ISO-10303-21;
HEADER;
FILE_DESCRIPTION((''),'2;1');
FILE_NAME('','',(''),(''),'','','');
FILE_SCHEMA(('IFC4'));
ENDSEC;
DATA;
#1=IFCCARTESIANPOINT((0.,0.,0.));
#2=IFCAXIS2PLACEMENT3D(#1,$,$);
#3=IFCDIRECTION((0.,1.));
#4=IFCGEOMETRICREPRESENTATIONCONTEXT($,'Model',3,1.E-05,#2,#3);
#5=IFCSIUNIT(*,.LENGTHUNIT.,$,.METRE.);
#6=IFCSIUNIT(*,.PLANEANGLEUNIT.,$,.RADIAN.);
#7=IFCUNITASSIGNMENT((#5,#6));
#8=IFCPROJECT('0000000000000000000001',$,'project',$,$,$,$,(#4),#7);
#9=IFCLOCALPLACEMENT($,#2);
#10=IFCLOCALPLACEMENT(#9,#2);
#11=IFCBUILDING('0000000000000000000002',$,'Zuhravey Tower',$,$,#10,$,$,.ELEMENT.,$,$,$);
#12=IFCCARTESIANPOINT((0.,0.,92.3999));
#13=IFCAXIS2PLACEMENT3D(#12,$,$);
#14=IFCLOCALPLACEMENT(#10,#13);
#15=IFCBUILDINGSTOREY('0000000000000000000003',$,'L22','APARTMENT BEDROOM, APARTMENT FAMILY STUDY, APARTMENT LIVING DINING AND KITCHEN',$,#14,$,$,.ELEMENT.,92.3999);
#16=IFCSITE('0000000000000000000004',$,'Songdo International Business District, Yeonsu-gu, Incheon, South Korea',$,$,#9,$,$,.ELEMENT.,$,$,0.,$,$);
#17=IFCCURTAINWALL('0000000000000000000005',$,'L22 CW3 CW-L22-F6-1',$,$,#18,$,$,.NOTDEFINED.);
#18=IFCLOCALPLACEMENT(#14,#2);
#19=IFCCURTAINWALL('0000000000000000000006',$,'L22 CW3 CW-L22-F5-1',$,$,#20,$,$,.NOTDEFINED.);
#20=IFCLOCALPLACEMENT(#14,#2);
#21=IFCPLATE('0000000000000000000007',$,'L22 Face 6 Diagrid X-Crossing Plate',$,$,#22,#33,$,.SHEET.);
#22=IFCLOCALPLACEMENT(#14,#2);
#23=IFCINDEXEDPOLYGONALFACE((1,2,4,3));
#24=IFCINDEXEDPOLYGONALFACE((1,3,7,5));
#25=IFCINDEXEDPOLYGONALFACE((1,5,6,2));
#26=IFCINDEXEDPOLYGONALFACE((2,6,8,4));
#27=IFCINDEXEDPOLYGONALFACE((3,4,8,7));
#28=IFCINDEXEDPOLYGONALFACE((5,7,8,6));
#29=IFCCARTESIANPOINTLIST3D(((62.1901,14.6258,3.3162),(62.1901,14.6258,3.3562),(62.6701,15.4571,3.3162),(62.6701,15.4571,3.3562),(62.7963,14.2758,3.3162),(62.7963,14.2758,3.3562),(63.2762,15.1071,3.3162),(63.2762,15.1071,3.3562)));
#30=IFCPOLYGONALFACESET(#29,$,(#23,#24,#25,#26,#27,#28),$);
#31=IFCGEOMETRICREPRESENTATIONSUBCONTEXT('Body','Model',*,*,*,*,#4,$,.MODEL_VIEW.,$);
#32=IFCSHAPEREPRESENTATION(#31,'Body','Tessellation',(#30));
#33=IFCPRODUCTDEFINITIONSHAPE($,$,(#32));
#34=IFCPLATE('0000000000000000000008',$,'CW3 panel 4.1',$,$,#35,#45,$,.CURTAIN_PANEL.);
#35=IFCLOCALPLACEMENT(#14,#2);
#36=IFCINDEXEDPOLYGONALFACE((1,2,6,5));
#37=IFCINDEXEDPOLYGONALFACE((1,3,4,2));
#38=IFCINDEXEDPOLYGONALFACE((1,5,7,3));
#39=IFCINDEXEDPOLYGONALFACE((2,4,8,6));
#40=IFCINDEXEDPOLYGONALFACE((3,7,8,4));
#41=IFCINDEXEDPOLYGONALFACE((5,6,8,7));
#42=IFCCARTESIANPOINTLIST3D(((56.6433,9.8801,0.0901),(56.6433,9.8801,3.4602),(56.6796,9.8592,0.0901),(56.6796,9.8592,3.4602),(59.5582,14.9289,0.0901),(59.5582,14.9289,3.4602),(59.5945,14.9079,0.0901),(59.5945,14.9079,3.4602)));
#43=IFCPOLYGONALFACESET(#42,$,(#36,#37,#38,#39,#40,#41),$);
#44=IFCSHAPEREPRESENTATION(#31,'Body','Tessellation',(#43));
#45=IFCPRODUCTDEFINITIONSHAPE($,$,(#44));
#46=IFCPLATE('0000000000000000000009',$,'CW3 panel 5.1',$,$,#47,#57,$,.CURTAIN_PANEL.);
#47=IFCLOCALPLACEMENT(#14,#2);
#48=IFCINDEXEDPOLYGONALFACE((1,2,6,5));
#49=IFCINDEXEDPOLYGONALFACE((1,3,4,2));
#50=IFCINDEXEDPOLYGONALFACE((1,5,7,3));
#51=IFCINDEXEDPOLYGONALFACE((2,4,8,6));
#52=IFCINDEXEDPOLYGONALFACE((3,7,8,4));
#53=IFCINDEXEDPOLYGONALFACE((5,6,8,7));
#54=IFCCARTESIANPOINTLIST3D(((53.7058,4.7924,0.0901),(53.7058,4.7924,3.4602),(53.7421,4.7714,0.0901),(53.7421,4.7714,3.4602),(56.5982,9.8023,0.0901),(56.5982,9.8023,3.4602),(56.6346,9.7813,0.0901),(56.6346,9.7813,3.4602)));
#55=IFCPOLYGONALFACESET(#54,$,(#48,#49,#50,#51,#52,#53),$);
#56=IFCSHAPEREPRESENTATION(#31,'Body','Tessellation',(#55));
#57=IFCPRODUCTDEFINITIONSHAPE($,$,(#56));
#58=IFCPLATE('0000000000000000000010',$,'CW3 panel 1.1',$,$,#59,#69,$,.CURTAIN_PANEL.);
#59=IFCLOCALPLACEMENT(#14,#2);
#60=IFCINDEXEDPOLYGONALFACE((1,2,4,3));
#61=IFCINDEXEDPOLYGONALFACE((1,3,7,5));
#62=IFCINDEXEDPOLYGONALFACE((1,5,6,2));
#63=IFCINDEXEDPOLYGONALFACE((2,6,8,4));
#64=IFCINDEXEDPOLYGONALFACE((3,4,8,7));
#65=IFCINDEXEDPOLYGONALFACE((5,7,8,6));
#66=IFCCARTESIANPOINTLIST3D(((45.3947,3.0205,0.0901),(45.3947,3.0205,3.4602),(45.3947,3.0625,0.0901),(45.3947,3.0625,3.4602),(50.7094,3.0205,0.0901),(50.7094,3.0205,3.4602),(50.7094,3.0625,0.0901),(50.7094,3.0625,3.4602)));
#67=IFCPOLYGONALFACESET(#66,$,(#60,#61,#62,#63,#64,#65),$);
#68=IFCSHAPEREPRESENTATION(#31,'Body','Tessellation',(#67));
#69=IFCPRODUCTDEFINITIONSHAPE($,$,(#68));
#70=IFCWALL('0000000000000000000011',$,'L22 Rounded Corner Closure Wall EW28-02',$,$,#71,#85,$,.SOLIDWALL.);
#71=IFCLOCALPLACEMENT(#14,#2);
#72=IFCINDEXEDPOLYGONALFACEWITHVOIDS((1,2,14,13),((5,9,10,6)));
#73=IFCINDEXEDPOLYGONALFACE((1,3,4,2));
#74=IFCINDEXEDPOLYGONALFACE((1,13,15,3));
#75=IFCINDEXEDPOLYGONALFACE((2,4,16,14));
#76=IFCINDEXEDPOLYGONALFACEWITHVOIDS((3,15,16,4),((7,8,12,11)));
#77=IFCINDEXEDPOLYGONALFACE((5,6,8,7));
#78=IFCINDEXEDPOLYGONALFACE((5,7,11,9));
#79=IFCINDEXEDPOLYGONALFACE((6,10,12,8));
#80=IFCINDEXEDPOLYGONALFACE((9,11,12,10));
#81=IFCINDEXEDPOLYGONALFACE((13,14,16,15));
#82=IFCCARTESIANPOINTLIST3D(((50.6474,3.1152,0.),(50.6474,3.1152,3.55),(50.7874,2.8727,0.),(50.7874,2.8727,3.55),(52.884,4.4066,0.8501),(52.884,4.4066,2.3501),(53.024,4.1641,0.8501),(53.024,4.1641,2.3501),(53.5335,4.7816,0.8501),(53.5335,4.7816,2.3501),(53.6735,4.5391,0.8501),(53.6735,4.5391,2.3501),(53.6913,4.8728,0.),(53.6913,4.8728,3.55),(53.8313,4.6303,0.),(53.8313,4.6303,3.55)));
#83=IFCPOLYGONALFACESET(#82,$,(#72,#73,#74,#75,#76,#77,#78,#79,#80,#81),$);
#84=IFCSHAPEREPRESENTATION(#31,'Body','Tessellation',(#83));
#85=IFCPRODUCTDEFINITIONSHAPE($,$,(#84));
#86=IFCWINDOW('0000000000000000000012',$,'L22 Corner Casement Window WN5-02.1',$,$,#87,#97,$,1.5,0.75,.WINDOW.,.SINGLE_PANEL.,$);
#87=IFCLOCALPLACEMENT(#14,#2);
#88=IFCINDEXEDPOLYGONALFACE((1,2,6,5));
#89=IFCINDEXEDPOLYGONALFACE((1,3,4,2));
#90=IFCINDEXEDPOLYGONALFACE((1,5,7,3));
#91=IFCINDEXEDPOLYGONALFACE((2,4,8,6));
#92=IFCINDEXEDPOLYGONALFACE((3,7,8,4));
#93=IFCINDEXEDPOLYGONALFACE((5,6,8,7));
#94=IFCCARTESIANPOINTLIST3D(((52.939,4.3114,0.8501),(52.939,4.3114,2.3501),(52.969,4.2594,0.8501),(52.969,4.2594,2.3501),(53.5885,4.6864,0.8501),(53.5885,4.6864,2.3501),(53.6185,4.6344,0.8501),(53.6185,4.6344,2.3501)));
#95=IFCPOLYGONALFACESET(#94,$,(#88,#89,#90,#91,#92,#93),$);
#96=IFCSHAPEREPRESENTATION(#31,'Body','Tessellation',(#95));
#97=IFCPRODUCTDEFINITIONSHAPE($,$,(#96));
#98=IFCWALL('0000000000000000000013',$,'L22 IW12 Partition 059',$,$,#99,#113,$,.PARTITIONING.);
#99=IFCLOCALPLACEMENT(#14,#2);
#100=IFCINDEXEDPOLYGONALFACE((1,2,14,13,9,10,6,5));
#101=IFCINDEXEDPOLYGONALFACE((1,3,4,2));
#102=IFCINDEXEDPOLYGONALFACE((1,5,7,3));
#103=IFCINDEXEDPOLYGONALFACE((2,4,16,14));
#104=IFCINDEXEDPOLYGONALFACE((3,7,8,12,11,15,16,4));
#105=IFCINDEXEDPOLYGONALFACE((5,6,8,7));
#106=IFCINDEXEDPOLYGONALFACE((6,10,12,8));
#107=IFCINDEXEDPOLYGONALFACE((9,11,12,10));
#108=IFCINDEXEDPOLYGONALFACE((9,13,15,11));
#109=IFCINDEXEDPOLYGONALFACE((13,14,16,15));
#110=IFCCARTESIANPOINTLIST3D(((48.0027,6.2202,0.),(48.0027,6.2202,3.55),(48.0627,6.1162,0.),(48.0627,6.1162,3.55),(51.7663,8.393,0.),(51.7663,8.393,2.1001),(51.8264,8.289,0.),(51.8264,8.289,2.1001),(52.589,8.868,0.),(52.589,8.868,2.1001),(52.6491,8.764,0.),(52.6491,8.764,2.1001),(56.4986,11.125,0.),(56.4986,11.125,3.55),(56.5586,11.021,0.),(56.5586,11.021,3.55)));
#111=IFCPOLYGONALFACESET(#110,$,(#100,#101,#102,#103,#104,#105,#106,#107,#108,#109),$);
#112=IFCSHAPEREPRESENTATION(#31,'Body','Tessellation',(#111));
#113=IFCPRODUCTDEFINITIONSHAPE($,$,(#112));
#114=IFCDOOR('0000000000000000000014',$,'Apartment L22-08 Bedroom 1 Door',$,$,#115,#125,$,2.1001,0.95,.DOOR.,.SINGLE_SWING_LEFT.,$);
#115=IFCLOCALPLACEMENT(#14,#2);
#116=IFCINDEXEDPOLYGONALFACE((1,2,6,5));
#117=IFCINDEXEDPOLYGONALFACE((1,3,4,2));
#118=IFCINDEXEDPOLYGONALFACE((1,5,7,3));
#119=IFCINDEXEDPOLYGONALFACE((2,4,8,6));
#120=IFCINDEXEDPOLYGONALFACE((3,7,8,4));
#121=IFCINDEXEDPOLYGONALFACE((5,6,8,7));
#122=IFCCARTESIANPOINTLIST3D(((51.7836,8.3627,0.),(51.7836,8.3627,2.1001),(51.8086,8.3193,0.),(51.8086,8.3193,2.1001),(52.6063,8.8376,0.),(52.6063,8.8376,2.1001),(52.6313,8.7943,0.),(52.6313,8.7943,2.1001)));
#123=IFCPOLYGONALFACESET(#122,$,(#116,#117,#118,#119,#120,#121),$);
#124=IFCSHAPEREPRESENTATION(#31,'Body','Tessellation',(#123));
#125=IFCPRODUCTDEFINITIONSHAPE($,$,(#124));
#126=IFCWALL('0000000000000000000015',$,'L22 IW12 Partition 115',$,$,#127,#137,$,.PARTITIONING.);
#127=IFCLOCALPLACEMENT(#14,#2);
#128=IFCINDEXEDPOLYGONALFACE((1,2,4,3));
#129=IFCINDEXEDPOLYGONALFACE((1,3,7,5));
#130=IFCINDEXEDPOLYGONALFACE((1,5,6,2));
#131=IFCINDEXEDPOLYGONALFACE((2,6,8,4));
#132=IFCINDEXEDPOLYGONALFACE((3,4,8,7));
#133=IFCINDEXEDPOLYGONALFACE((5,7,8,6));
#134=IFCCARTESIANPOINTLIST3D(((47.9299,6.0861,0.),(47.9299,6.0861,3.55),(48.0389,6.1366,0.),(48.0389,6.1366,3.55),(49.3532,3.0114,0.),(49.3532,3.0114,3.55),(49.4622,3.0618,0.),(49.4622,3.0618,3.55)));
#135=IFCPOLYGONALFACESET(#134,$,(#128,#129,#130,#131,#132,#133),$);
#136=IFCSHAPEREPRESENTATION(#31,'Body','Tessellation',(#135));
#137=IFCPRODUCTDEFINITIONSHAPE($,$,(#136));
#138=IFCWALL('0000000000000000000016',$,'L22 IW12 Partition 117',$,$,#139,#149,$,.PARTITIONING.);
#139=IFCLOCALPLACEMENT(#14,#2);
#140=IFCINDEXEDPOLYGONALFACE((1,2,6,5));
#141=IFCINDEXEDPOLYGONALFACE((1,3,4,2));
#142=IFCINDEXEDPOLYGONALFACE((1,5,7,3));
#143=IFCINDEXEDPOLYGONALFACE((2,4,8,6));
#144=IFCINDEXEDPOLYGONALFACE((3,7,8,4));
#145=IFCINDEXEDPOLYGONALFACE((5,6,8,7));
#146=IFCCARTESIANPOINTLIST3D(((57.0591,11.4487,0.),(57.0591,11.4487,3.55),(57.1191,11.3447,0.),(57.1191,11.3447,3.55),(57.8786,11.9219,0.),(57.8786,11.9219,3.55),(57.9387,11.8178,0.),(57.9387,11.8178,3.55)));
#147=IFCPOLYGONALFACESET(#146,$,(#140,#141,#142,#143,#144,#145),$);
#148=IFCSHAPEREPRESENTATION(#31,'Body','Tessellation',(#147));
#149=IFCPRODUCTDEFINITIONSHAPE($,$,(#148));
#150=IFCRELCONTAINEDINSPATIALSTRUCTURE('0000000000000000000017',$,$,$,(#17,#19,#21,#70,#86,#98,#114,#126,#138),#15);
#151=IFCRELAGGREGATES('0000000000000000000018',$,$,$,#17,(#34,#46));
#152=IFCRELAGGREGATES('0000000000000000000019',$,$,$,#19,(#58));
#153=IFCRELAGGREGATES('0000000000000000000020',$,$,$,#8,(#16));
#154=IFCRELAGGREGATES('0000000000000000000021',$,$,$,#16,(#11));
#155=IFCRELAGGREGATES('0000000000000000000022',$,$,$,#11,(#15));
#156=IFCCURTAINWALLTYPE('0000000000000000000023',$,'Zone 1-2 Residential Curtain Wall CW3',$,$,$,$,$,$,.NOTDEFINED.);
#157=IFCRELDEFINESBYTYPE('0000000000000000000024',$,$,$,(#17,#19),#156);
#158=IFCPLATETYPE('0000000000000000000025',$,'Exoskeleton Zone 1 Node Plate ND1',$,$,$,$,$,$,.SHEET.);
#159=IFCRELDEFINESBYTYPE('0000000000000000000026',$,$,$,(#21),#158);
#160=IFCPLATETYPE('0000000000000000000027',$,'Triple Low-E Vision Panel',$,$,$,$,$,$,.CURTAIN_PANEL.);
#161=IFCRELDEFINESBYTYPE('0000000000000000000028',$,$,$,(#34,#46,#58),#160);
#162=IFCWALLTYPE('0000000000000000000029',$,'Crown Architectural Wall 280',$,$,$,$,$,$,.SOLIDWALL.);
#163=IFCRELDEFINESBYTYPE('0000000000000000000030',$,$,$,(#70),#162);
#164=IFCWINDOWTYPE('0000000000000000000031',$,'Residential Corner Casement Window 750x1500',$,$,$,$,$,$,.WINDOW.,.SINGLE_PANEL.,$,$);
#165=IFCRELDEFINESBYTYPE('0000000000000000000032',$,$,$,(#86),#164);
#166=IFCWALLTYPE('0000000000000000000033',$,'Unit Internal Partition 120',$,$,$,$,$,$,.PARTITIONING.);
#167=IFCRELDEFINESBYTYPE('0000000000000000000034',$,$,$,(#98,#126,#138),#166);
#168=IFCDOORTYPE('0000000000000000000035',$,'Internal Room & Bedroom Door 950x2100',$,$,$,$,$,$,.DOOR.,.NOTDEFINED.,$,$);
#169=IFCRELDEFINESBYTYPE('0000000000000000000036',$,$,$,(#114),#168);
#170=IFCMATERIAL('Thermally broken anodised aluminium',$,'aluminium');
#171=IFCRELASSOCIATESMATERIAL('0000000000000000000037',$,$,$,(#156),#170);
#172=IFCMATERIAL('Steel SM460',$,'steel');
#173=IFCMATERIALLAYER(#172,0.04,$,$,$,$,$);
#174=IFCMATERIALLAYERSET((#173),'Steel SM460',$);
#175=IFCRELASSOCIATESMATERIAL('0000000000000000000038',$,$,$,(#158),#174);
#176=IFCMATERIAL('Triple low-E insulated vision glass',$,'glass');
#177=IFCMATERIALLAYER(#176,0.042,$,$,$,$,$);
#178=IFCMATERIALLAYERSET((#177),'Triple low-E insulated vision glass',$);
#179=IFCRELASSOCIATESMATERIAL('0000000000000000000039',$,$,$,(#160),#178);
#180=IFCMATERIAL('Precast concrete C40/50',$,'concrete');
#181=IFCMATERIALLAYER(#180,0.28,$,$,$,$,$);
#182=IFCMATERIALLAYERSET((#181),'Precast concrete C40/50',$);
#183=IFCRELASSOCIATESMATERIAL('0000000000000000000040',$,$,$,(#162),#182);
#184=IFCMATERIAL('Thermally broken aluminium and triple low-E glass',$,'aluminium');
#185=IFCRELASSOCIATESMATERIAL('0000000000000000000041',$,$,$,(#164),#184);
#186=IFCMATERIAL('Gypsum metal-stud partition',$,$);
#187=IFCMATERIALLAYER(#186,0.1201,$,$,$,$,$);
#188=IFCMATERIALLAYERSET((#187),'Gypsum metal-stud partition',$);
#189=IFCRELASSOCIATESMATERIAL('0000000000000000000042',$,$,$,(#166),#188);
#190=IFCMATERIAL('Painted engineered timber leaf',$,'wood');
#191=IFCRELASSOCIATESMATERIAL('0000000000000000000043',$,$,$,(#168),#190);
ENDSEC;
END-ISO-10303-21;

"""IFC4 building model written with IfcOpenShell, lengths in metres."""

from ifc_helpers import new_model, si_unit, direction, frame, frame_2d, origin, origin_2d, place, context, subcontext, project, spatial, rectangle, extrude, material, layer, layer_set, type_object, element, fill, aggregate, save


model = new_model("IFC4")

# Units and contexts
model_context = context("Model", 3, precision=1e-05, world=origin(), true_north=direction((0.0, 1.0)))
body_context = subcontext(model_context, "Body", "Model", "MODEL_VIEW")
ifc_project = project(units=[si_unit("LENGTHUNIT", "METRE"), si_unit("PLANEANGLEUNIT", "RADIAN")], contexts=[model_context])

# Site, building, storey
site_placement = place(None, origin())
site = spatial("IfcSite", under=ifc_project, at=site_placement, Name="Songdo International Business District, Yeonsu-gu, Incheon, South Korea", CompositionType="ELEMENT", RefElevation=0.0)
building_placement = place(site_placement, origin())
building = spatial("IfcBuilding", under=site, at=building_placement, Name="Zuhravey Tower", CompositionType="ELEMENT")
storey_placement = place(building_placement, frame((0.0, 0.0, 92.3999)))
storey = spatial("IfcBuildingStorey", under=building, at=storey_placement, Name="L22", Description="APARTMENT BEDROOM, APARTMENT FAMILY STUDY, APARTMENT LIVING DINING AND KITCHEN", CompositionType="ELEMENT", Elevation=92.3999)

# Curtain wall
ifc_material_1 = material(Name="Thermally broken anodised aluminium", Category="aluminium")
curtain_wall_type = type_object("IfcCurtainWallType", Name="Zone 1-2 Residential Curtain Wall CW3", PredefinedType="NOTDEFINED", material=ifc_material_1)
curtain_wall_1_placement = place(storey_placement, origin())
curtain_wall_1 = element("IfcCurtainWall", 1, at=curtain_wall_1_placement, inside=storey, type_object=curtain_wall_type, Name="L22 CW3 CW-L22-F6-1", PredefinedType="NOTDEFINED")

# Curtain wall
curtain_wall_2_placement = place(storey_placement, origin())
curtain_wall_2 = element("IfcCurtainWall", 2, at=curtain_wall_2_placement, inside=storey, type_object=curtain_wall_type, Name="L22 CW3 CW-L22-F5-1", PredefinedType="NOTDEFINED")

# Shared definitions
ifc_material_2 = material(Name="Steel SM460", Category="steel")

# Plate
ifc_layer_1 = layer(ifc_material_2, 0.04)
ifc_layer_set_1 = layer_set([ifc_layer_1], Name="Steel SM460")
plate_type_1 = type_object("IfcPlateType", Name="Exoskeleton Zone 1 Node Plate ND1", PredefinedType="SHEET", material=ifc_layer_set_1)
for number, where, z_axis, x_axis, name in (
    (3, (62.7332, 14.8665, 3.3162), (0.0, 0.0, 1.0), (0.5, 0.866025, 0.0), "L22 Face 6 Diagrid X-Crossing Plate"),
):
    element("IfcPlate", number, at=place(storey_placement, frame(where, z_axis=z_axis, x_axis=x_axis)), inside=storey, type_object=plate_type_1, Name=name, PredefinedType="SHEET", context=body_context, shape_type="SweptSolid", body=[
        extrude(rectangle(XDim=0.96, YDim=0.7, at=origin_2d()), origin(), (0.0, 0.0, 1.0), 0.04),
    ])

# Plates
ifc_material_3 = material(Name="Triple low-E insulated vision glass", Category="glass")
ifc_layer_2 = layer(ifc_material_3, 0.042)
ifc_layer_set_2 = layer_set([ifc_layer_2], Name="Triple low-E insulated vision glass")
plate_type_2 = type_object("IfcPlateType", Name="Triple Low-E Vision Panel", PredefinedType="CURTAIN_PANEL", material=ifc_layer_set_2)
plate_1_placement = place(storey_placement, frame((58.1189, 12.394, 0.0901), z_axis=(0.0, 0.0, 1.0), x_axis=(-0.5, -0.866026, 0.0)))
plate_1 = element("IfcPlate", 4, at=plate_1_placement, type_object=plate_type_2, Name="CW3 panel 4.1", PredefinedType="CURTAIN_PANEL", context=body_context, shape_type="SweptSolid", body=[
    extrude(rectangle(XDim=5.8298, YDim=0.042, at=origin_2d()), origin(), (0.0, 0.0, 1.0), 3.3701),
])
plate_2_placement = place(storey_placement, frame((55.1702, 7.2869, 0.0901), z_axis=(0.0, 0.0, 1.0), x_axis=(-0.5, -0.866026, 0.0)))
plate_2 = element("IfcPlate", 5, at=plate_2_placement, type_object=plate_type_2, Name="CW3 panel 5.1", PredefinedType="CURTAIN_PANEL", context=body_context, shape_type="SweptSolid", body=[
    extrude(rectangle(XDim=5.7849, YDim=0.042, at=origin_2d()), origin(), (0.0, 0.0, 1.0), 3.3701),
])
aggregate(curtain_wall_1, [plate_1, plate_2])
plate_3_placement = place(storey_placement, frame((48.052, 3.0415, 0.0901), z_axis=(0.0, 0.0, 1.0), x_axis=(-1.0, 0.0, 0.0)))
plate_3 = element("IfcPlate", 6, at=plate_3_placement, type_object=plate_type_2, Name="CW3 panel 1.1", PredefinedType="CURTAIN_PANEL", context=body_context, shape_type="SweptSolid", body=[
    extrude(rectangle(XDim=5.3147, YDim=0.042, at=origin_2d()), origin(), (0.0, 0.0, 1.0), 3.3701),
])
aggregate(curtain_wall_2, [plate_3])

# Wall, opening, window
ifc_material_4 = material(Name="Precast concrete C40/50", Category="concrete")
ifc_layer_3 = layer(ifc_material_4, 0.28)
ifc_layer_set_3 = layer_set([ifc_layer_3], Name="Precast concrete C40/50")
wall_type_1 = type_object("IfcWallType", Name="Crown Architectural Wall 280", PredefinedType="SOLIDWALL", material=ifc_layer_set_3)
wall_1_placement = place(storey_placement, frame((53.7612, 4.7515, 0.0), z_axis=(0.0, 0.0, 1.0), x_axis=(-0.866007, -0.500031, 0.0)))
wall_1 = element("IfcWall", 7, at=wall_1_placement, inside=storey, type_object=wall_type_1, Name="L22 Rounded Corner Closure Wall EW28-02", PredefinedType="SOLIDWALL", context=body_context, shape_type="SweptSolid", body=[
    extrude(rectangle(XDim=3.5149, YDim=0.28, at=frame_2d((1.7573, 0.0))), origin(), (0.0, 0.0, 1.0), 3.55),
])
opening_1_placement = place(wall_1_placement, frame((0.1821, 0.0, 0.8501)))
opening_1 = element("IfcOpeningElement", 8, at=opening_1_placement, cuts=wall_1, PredefinedType="OPENING", context=body_context, shape_type="SweptSolid", body=[
    extrude(rectangle(XDim=0.75, YDim=1.5, at=frame_2d((0.375, 0.75))), frame((0.0, 0.1521, 0.0), z_axis=(0.0, -1.0, 0.0), x_axis=(1.0, 0.0, 0.0)), (0.0, 0.0, 1.0), 0.304),
])
ifc_material_5 = material(Name="Thermally broken aluminium and triple low-E glass", Category="aluminium")
window_type = type_object("IfcWindowType", Name="Residential Corner Casement Window 750x1500", PartitioningType="SINGLE_PANEL", PredefinedType="WINDOW", material=ifc_material_5)
window_placement = place(opening_1_placement, origin())
window = element("IfcWindow", 9, at=window_placement, inside=storey, type_object=window_type, Name="L22 Corner Casement Window WN5-02.1", OverallHeight=1.5, OverallWidth=0.75, PartitioningType="SINGLE_PANEL", PredefinedType="WINDOW", context=body_context, shape_type="SweptSolid", body=[
    extrude(rectangle(XDim=0.75, YDim=1.5, at=frame_2d((0.375, 0.75))), frame((0.0, 0.03, 0.0), z_axis=(0.0, -1.0, 0.0), x_axis=(1.0, 0.0, 0.0)), (0.0, 0.0, 1.0), 0.0601),
])
fill(opening_1, window)

# Wall, opening, door
ifc_material_6 = material(Name="Gypsum metal-stud partition")
ifc_layer_4 = layer(ifc_material_6, 0.1201)
ifc_layer_set_4 = layer_set([ifc_layer_4], Name="Gypsum metal-stud partition")
wall_type_2 = type_object("IfcWallType", Name="Unit Internal Partition 120", PredefinedType="PARTITIONING", material=ifc_layer_set_4)
wall_2_placement = place(storey_placement, frame((48.0327, 6.1682, 0.0), z_axis=(0.0, 0.0, 1.0), x_axis=(0.866038, 0.499977, 0.0)))
wall_2 = element("IfcWall", 10, at=wall_2_placement, inside=storey, type_object=wall_type_2, Name="L22 IW12 Partition 059", PredefinedType="PARTITIONING", context=body_context, shape_type="SweptSolid", body=[
    extrude(rectangle(XDim=9.8101, YDim=0.1201, at=frame_2d((4.905, 0.0))), origin(), (0.0, 0.0, 1.0), 3.55),
])
opening_2_placement = place(wall_2_placement, frame((4.3457, 0.0, 0.0)))
opening_2 = element("IfcOpeningElement", 11, at=opening_2_placement, cuts=wall_2, PredefinedType="OPENING", context=body_context, shape_type="SweptSolid", body=[
    extrude(rectangle(XDim=0.95, YDim=2.1001, at=frame_2d((0.4751, 1.05))), frame((0.0, 0.072, 0.0), z_axis=(0.0, -1.0, 0.0), x_axis=(1.0, 0.0, 0.0)), (0.0, 0.0, 1.0), 0.144),
])
ifc_material_7 = material(Name="Painted engineered timber leaf", Category="wood")
door_type = type_object("IfcDoorType", Name="Internal Room & Bedroom Door 950x2100", OperationType="NOTDEFINED", PredefinedType="DOOR", material=ifc_material_7)
door_placement = place(opening_2_placement, frame((0.95, 0.0, 0.0), z_axis=(0.0, 0.0, 1.0), x_axis=(-1.0, 0.0, 0.0)))
door = element("IfcDoor", 12, at=door_placement, inside=storey, type_object=door_type, Name="Apartment L22-08 Bedroom 1 Door", OperationType="SINGLE_SWING_LEFT", OverallHeight=2.1001, OverallWidth=0.95, PredefinedType="DOOR", context=body_context, shape_type="SweptSolid", body=[
    extrude(rectangle(XDim=0.95, YDim=2.1001, at=frame_2d((0.4751, 1.05))), frame((0.0, 0.0249, 0.0), z_axis=(0.0, -1.0, 0.0), x_axis=(1.0, 0.0, 0.0)), (0.0, 0.0, 1.0), 0.05),
])
fill(opening_2, door)

# Walls
wall_3_placement = place(storey_placement, frame((47.9844, 6.1113, 0.0), z_axis=(0.0, 0.0, 1.0), x_axis=(0.420091, -0.907482, 0.0)))
element("IfcWall", 13, at=wall_3_placement, inside=storey, type_object=wall_type_2, Name="L22 IW12 Partition 115", PredefinedType="PARTITIONING", context=body_context, shape_type="SweptSolid", body=[
    extrude(rectangle(XDim=3.3882, YDim=0.1201, at=frame_2d((1.6941, 0.0))), origin(), (0.0, 0.0, 1.0), 3.55),
])
wall_4_placement = place(storey_placement, frame((57.0891, 11.3967, 0.0), z_axis=(0.0, 0.0, 1.0), x_axis=(0.866044, 0.499968, 0.0)))
element("IfcWall", 14, at=wall_4_placement, inside=storey, type_object=wall_type_2, Name="L22 IW12 Partition 117", PredefinedType="PARTITIONING", context=body_context, shape_type="SweptSolid", body=[
    extrude(rectangle(XDim=0.9463, YDim=0.1201, at=frame_2d((0.4731, 0.0))), origin(), (0.0, 0.0, 1.0), 3.55),
])

save(model, "model.ifc")
